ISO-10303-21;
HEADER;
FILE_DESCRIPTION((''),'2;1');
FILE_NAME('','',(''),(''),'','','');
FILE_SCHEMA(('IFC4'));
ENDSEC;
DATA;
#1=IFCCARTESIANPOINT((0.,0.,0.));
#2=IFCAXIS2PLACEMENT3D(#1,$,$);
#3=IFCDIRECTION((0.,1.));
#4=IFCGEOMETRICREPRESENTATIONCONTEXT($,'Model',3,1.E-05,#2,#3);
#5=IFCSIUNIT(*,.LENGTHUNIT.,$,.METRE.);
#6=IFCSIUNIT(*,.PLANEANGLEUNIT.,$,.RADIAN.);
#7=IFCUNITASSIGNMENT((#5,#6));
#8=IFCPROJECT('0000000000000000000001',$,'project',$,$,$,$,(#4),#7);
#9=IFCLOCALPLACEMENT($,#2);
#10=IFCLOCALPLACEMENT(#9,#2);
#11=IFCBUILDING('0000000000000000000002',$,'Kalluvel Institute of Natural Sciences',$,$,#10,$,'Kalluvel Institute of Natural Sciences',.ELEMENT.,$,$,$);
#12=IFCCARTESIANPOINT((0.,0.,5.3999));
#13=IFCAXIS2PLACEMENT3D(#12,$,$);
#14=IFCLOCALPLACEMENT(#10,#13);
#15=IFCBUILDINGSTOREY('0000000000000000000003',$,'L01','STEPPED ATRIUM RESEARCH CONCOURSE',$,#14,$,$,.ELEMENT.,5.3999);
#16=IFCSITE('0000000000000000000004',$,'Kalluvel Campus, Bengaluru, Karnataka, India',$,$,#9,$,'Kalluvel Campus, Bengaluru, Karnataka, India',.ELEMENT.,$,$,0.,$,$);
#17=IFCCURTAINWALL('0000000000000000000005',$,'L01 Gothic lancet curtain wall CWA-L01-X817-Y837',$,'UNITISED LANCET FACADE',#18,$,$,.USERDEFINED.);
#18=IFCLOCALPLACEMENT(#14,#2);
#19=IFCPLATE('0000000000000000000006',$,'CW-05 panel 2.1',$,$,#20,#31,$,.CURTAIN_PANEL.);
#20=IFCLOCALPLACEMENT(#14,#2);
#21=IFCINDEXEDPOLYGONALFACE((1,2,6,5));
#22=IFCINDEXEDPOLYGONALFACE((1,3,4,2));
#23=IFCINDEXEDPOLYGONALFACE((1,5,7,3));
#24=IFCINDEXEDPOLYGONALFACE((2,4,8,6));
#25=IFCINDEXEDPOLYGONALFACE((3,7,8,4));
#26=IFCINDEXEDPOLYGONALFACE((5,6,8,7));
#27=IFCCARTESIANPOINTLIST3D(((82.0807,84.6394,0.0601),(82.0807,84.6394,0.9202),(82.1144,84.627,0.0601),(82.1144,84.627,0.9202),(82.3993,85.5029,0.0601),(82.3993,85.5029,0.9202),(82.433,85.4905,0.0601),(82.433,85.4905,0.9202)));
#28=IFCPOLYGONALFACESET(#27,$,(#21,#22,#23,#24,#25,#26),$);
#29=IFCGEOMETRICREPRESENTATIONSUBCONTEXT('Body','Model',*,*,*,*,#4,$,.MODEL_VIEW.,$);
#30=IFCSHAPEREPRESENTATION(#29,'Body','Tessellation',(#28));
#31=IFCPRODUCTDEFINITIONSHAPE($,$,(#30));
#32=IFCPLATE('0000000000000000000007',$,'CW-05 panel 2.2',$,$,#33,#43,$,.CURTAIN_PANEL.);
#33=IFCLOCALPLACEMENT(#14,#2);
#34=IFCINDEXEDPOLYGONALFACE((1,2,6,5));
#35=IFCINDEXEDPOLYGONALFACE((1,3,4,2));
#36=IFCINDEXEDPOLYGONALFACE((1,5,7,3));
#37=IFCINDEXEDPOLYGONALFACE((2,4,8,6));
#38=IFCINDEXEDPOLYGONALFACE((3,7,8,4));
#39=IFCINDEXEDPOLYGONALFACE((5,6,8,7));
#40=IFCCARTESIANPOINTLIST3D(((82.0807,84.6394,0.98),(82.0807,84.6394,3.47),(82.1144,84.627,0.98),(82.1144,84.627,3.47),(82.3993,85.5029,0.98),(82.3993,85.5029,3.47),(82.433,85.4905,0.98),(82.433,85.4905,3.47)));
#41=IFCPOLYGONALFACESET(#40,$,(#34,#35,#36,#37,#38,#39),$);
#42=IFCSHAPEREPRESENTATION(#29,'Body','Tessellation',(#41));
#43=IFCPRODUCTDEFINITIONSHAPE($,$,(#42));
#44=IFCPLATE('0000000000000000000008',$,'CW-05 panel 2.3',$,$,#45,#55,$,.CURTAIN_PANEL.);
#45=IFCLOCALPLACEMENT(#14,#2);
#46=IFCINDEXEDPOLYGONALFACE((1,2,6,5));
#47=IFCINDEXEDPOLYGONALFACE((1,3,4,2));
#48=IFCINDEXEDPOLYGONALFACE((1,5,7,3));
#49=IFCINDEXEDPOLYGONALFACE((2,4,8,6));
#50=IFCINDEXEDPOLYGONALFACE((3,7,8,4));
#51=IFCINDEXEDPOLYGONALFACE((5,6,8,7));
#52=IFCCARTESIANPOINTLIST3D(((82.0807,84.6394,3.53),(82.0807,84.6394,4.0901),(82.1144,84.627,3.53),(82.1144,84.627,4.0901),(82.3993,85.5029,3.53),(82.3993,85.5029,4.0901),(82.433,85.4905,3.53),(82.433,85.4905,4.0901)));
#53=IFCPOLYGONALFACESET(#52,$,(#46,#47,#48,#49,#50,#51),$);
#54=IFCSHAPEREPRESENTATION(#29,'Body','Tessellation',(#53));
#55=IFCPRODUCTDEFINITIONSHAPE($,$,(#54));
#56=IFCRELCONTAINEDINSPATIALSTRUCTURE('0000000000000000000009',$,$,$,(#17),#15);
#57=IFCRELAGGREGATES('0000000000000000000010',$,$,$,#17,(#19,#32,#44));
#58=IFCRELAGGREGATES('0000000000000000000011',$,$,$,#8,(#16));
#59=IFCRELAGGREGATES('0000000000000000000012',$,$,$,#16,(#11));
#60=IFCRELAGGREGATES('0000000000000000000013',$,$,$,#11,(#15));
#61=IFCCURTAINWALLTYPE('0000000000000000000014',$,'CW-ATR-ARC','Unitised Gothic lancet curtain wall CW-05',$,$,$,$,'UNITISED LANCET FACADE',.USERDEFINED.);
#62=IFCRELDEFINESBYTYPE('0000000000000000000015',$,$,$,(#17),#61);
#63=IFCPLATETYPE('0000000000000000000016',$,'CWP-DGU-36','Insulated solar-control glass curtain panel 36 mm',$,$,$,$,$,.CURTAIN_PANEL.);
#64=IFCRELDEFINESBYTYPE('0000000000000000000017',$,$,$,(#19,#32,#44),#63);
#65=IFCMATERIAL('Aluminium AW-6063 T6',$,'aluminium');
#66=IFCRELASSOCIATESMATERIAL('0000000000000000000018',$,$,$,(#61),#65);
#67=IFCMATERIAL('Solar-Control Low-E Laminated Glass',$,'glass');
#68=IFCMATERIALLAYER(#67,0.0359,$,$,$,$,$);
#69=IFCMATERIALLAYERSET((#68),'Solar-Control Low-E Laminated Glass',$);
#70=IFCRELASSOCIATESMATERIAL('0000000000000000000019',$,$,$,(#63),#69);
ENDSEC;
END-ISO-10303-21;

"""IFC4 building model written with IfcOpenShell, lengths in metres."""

from ifc_helpers import new_model, si_unit, direction, frame, origin, origin_2d, place, context, subcontext, project, spatial, rectangle, extrude, material, layer, layer_set, type_object, element, aggregate, save


model = new_model("IFC4")

# Units and contexts
model_context = context("Model", 3, precision=1e-05, world=origin(), true_north=direction((0.0, 1.0)))
body_context = subcontext(model_context, "Body", "Model", "MODEL_VIEW")
ifc_project = project(units=[si_unit("LENGTHUNIT", "METRE"), si_unit("PLANEANGLEUNIT", "RADIAN")], contexts=[model_context])

# Site, building, storey
site_placement = place(None, origin())
site = spatial("IfcSite", under=ifc_project, at=site_placement, Name="Kalluvel Campus, Bengaluru, Karnataka, India", LongName="Kalluvel Campus, Bengaluru, Karnataka, India", CompositionType="ELEMENT", RefElevation=0.0)
building_placement = place(site_placement, origin())
building = spatial("IfcBuilding", under=site, at=building_placement, Name="Kalluvel Institute of Natural Sciences", LongName="Kalluvel Institute of Natural Sciences", CompositionType="ELEMENT")
storey_placement = place(building_placement, frame((0.0, 0.0, 5.3999)))
storey = spatial("IfcBuildingStorey", under=building, at=storey_placement, Name="L01", Description="STEPPED ATRIUM RESEARCH CONCOURSE", CompositionType="ELEMENT", Elevation=5.3999)

# Shared definitions
ifc_material_1 = material(Name="Aluminium AW-6063 T6", Category="aluminium")
curtain_wall_type = type_object("IfcCurtainWallType", Name="CW-ATR-ARC", Description="Unitised Gothic lancet curtain wall CW-05", ElementType="UNITISED LANCET FACADE", PredefinedType="USERDEFINED", material=ifc_material_1)

# Curtain wall
curtain_wall_1_placement = place(storey_placement, origin())
curtain_wall_1 = element("IfcCurtainWall", 1, at=curtain_wall_1_placement, inside=storey, type_object=curtain_wall_type, Name="L01 Gothic lancet curtain wall CWA-L01-X817-Y837", ObjectType="UNITISED LANCET FACADE", PredefinedType="USERDEFINED")

# Plates
ifc_material_2 = material(Name="Solar-Control Low-E Laminated Glass", Category="glass")
ifc_layer = layer(ifc_material_2, 0.0359)
ifc_layer_set = layer_set([ifc_layer], Name="Solar-Control Low-E Laminated Glass")
plate_type = type_object("IfcPlateType", Name="CWP-DGU-36", Description="Insulated solar-control glass curtain panel 36 mm", PredefinedType="CURTAIN_PANEL", material=ifc_layer_set)
plate_1_placement = place(storey_placement, frame((82.2568, 85.0649, 0.0601), z_axis=(0.0, 0.0, 1.0), x_axis=(0.346122, 0.938189, 0.0)))
plate_1 = element("IfcPlate", 2, at=plate_1_placement, type_object=plate_type, Name="CW-05 panel 2.1", PredefinedType="CURTAIN_PANEL", context=body_context, shape_type="SweptSolid", body=[
    extrude(rectangle(XDim=0.9204, YDim=0.0359, at=origin_2d()), origin(), (0.0, 0.0, 1.0), 0.8601),
])
plate_2_placement = place(storey_placement, frame((82.2568, 85.0649, 0.98), z_axis=(0.0, 0.0, 1.0), x_axis=(0.346122, 0.938189, 0.0)))
plate_2 = element("IfcPlate", 3, at=plate_2_placement, type_object=plate_type, Name="CW-05 panel 2.2", PredefinedType="CURTAIN_PANEL", context=body_context, shape_type="SweptSolid", body=[
    extrude(rectangle(XDim=0.9204, YDim=0.0359, at=origin_2d()), origin(), (0.0, 0.0, 1.0), 2.49),
])
plate_3_placement = place(storey_placement, frame((82.2568, 85.0649, 3.53), z_axis=(0.0, 0.0, 1.0), x_axis=(0.346122, 0.938189, 0.0)))
plate_3 = element("IfcPlate", 4, at=plate_3_placement, type_object=plate_type, Name="CW-05 panel 2.3", PredefinedType="CURTAIN_PANEL", context=body_context, shape_type="SweptSolid", body=[
    extrude(rectangle(XDim=0.9204, YDim=0.0359, at=origin_2d()), origin(), (0.0, 0.0, 1.0), 0.5601),
])
aggregate(curtain_wall_1, [plate_1, plate_2, plate_3])

save(model, "model.ifc")
